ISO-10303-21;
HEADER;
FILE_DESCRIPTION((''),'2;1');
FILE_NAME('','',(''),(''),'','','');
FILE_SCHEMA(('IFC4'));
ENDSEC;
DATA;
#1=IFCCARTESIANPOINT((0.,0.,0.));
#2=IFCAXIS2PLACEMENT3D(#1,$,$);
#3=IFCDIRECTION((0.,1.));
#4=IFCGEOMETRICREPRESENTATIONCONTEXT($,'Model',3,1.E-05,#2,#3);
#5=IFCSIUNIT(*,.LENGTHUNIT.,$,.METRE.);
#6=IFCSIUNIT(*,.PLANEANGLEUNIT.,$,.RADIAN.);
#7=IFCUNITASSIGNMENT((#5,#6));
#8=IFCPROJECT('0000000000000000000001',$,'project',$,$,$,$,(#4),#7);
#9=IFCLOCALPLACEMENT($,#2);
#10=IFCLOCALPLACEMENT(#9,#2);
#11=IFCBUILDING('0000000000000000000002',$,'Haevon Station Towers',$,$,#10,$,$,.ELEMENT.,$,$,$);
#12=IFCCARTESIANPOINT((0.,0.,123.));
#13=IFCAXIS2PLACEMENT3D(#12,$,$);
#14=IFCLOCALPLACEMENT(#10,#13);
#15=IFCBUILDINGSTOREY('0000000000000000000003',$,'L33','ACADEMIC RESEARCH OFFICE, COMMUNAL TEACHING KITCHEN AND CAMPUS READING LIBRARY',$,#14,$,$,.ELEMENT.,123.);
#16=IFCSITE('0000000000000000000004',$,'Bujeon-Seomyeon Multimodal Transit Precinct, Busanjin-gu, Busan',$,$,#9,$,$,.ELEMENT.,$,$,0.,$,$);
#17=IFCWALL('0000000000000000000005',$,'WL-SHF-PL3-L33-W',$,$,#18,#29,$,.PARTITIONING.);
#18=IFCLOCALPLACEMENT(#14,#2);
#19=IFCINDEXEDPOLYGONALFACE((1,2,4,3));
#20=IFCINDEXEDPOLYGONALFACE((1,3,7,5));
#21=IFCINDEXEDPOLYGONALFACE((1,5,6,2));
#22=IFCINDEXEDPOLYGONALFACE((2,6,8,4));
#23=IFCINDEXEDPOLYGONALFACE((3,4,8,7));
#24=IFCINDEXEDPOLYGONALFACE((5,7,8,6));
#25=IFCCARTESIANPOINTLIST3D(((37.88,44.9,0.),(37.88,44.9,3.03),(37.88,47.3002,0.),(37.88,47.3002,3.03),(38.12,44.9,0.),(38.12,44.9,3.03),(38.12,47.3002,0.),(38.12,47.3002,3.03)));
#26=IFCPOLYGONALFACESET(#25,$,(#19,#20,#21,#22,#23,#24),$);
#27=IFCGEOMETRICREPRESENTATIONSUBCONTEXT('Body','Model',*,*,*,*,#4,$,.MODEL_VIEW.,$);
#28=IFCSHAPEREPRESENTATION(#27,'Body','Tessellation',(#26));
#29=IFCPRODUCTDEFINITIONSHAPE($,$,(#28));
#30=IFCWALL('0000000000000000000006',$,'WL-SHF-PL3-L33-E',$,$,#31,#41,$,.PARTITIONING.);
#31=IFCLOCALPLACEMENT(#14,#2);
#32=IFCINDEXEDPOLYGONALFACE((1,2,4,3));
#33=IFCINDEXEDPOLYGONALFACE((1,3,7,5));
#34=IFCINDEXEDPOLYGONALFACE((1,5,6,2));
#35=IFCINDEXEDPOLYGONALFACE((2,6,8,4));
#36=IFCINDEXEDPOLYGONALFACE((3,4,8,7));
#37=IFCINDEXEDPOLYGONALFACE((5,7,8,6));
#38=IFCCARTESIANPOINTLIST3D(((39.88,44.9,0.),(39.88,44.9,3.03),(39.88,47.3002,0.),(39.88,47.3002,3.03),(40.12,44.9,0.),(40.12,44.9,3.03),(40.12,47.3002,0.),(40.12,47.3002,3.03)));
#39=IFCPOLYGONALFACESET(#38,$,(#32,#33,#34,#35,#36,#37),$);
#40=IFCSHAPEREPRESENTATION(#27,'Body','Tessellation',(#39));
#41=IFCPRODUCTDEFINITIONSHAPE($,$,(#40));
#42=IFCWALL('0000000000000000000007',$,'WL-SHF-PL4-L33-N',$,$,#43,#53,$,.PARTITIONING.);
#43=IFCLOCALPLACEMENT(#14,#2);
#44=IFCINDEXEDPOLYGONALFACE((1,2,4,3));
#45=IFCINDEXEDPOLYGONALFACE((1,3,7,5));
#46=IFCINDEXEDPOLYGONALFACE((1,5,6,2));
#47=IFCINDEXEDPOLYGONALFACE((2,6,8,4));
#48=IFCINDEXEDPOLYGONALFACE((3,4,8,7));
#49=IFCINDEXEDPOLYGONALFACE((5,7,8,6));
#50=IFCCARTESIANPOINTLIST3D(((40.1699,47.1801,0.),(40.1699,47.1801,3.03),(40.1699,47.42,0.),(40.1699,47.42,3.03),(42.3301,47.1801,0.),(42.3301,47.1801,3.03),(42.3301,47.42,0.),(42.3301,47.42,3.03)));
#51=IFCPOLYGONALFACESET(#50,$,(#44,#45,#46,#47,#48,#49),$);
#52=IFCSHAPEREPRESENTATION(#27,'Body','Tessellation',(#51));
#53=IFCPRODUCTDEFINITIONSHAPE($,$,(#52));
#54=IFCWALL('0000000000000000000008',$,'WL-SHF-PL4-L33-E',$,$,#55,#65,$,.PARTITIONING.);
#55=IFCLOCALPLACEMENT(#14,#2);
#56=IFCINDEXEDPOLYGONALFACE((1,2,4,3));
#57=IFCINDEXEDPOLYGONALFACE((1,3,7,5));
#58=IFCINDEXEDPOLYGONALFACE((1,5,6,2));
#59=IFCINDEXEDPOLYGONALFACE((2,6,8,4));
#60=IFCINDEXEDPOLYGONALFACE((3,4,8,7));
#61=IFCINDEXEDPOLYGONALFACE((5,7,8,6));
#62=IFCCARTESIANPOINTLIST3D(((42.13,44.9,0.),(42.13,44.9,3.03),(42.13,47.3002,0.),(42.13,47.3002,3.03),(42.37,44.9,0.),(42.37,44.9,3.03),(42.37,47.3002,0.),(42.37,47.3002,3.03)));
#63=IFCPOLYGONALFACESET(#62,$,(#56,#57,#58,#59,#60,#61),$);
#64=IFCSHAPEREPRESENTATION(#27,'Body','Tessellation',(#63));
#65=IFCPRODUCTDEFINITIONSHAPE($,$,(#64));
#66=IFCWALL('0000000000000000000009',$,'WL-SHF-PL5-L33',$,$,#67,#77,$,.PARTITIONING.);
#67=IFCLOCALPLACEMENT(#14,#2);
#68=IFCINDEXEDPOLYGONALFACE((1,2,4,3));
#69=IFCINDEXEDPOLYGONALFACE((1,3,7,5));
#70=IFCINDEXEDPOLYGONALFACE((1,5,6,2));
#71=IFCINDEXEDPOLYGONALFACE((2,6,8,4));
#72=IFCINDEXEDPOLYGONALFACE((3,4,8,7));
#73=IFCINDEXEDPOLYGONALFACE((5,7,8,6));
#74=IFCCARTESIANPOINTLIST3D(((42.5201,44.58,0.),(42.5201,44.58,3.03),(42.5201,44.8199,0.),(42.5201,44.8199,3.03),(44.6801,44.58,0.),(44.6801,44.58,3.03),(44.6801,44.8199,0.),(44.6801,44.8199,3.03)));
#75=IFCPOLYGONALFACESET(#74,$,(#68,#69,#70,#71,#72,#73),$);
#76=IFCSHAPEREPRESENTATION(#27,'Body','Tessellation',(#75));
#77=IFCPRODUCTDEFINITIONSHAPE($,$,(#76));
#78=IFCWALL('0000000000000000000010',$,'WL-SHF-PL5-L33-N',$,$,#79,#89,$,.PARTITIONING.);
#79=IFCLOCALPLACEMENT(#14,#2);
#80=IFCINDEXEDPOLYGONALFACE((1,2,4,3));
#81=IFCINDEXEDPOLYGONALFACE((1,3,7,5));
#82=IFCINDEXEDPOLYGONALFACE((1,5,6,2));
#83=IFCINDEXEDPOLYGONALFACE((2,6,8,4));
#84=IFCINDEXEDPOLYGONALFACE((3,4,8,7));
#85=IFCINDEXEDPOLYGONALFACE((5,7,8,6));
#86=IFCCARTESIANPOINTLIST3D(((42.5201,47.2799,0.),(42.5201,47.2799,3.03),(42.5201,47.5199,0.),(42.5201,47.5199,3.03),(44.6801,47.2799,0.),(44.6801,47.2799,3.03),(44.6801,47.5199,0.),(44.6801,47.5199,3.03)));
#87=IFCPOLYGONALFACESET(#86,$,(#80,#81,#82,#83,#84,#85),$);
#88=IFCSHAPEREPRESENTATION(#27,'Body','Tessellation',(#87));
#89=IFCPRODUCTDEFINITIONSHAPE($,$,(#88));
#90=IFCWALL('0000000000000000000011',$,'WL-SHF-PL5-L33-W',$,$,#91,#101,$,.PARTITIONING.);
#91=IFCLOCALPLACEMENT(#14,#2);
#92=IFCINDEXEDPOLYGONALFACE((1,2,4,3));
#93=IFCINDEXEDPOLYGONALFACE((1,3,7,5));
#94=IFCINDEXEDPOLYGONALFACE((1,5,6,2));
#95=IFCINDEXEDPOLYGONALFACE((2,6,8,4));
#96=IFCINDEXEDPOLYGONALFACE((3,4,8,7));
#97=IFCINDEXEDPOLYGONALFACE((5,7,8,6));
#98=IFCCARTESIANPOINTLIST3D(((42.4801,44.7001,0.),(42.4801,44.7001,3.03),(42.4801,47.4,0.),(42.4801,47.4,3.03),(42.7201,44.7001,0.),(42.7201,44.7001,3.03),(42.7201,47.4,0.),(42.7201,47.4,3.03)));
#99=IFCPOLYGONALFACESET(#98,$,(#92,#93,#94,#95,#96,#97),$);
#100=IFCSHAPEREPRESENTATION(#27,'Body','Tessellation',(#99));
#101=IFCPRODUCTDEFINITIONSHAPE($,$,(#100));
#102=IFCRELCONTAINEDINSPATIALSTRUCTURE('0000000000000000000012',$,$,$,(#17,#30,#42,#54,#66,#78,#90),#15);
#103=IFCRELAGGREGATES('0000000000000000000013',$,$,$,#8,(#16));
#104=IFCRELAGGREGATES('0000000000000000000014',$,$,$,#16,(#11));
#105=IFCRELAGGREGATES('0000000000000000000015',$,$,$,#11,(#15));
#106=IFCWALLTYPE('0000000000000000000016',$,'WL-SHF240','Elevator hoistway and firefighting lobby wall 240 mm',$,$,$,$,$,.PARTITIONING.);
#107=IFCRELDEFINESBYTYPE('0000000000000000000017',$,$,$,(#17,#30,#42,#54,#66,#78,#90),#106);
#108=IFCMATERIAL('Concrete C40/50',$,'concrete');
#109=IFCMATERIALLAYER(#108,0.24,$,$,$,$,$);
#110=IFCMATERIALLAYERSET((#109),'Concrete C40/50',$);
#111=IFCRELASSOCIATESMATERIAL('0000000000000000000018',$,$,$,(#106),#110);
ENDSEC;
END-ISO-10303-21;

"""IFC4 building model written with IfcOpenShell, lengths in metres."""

from ifc_helpers import new_model, si_unit, direction, frame, frame_2d, origin, place, context, subcontext, project, spatial, rectangle, extrude, material, layer, layer_set, type_object, element, save


model = new_model("IFC4")

# Units and contexts
model_context = context("Model", 3, precision=1e-05, world=origin(), true_north=direction((0.0, 1.0)))
body_context = subcontext(model_context, "Body", "Model", "MODEL_VIEW")
ifc_project = project(units=[si_unit("LENGTHUNIT", "METRE"), si_unit("PLANEANGLEUNIT", "RADIAN")], contexts=[model_context])

# Site, building, storey
site_placement = place(None, origin())
site = spatial("IfcSite", under=ifc_project, at=site_placement, Name="Bujeon-Seomyeon Multimodal Transit Precinct, Busanjin-gu, Busan", CompositionType="ELEMENT", RefElevation=0.0)
building_placement = place(site_placement, origin())
building = spatial("IfcBuilding", under=site, at=building_placement, Name="Haevon Station Towers", CompositionType="ELEMENT")
storey_placement = place(building_placement, frame((0.0, 0.0, 123.0)))
storey = spatial("IfcBuildingStorey", under=building, at=storey_placement, Name="L33", Description="ACADEMIC RESEARCH OFFICE, COMMUNAL TEACHING KITCHEN AND CAMPUS READING LIBRARY", CompositionType="ELEMENT", Elevation=123.0)

# Walls
ifc_material_1 = material(Name="Concrete C40/50", Category="concrete")
ifc_layer_1 = layer(ifc_material_1, 0.24)
ifc_layer_set_1 = layer_set([ifc_layer_1], Name="Concrete C40/50")
wall_type_1 = type_object("IfcWallType", Name="WL-SHF240", Description="Elevator hoistway and firefighting lobby wall 240 mm", PredefinedType="PARTITIONING", material=ifc_layer_set_1)
for number, where, z_axis, x_axis, name in (
    (1, (38.0, 44.8999, 0.0), (0.0, 0.0, 1.0), (0.0, 1.0, 0.0), "WL-SHF-PL3-L33-W"),
    (2, (40.0, 44.8999, 0.0), (0.0, 0.0, 1.0), (0.0, 1.0, 0.0), "WL-SHF-PL3-L33-E"),
):
    element("IfcWall", number, at=place(storey_placement, frame(where, z_axis=z_axis, x_axis=x_axis)), inside=storey, type_object=wall_type_1, Name=name, PredefinedType="PARTITIONING", context=body_context, shape_type="SweptSolid", body=[
        extrude(rectangle(XDim=2.4001, YDim=0.24, at=frame_2d((1.2002, 0.0))), origin(), (0.0, 0.0, 1.0), 3.03),
    ])

# Walls
wall_1_placement = place(storey_placement, frame((40.1699, 47.3, 0.0), z_axis=(0.0, 0.0, 1.0), x_axis=(1.0, 0.0, 0.0)))
element("IfcWall", 3, at=wall_1_placement, inside=storey, type_object=wall_type_1, Name="WL-SHF-PL4-L33-N", PredefinedType="PARTITIONING", context=body_context, shape_type="SweptSolid", body=[
    extrude(rectangle(XDim=2.1602, YDim=0.24, at=frame_2d((1.0801, 0.0))), origin(), (0.0, 0.0, 1.0), 3.03),
])
wall_2_placement = place(storey_placement, frame((42.25, 44.8999, 0.0), z_axis=(0.0, 0.0, 1.0), x_axis=(0.0, 1.0, 0.0)))
element("IfcWall", 4, at=wall_2_placement, inside=storey, type_object=wall_type_1, Name="WL-SHF-PL4-L33-E", PredefinedType="PARTITIONING", context=body_context, shape_type="SweptSolid", body=[
    extrude(rectangle(XDim=2.4001, YDim=0.24, at=frame_2d((1.2002, 0.0))), origin(), (0.0, 0.0, 1.0), 3.03),
])
for number, where, z_axis, x_axis, name in (
    (5, (42.52, 44.7, 0.0), (0.0, 0.0, 1.0), (1.0, 0.0, 0.0), "WL-SHF-PL5-L33"),
    (6, (42.52, 47.3999, 0.0), (0.0, 0.0, 1.0), (1.0, 0.0, 0.0), "WL-SHF-PL5-L33-N"),
):
    element("IfcWall", number, at=place(storey_placement, frame(where, z_axis=z_axis, x_axis=x_axis)), inside=storey, type_object=wall_type_1, Name=name, PredefinedType="PARTITIONING", context=body_context, shape_type="SweptSolid", body=[
        extrude(rectangle(XDim=2.1599, YDim=0.24, at=frame_2d((1.0801, 0.0))), origin(), (0.0, 0.0, 1.0), 3.03),
    ])
wall_3_placement = place(storey_placement, frame((42.6001, 44.7, 0.0), z_axis=(0.0, 0.0, 1.0), x_axis=(0.0, 1.0, 0.0)))
element("IfcWall", 7, at=wall_3_placement, inside=storey, type_object=wall_type_1, Name="WL-SHF-PL5-L33-W", PredefinedType="PARTITIONING", context=body_context, shape_type="SweptSolid", body=[
    extrude(rectangle(XDim=2.7, YDim=0.24, at=frame_2d((1.3501, 0.0))), origin(), (0.0, 0.0, 1.0), 3.03),
])

save(model, "model.ifc")
